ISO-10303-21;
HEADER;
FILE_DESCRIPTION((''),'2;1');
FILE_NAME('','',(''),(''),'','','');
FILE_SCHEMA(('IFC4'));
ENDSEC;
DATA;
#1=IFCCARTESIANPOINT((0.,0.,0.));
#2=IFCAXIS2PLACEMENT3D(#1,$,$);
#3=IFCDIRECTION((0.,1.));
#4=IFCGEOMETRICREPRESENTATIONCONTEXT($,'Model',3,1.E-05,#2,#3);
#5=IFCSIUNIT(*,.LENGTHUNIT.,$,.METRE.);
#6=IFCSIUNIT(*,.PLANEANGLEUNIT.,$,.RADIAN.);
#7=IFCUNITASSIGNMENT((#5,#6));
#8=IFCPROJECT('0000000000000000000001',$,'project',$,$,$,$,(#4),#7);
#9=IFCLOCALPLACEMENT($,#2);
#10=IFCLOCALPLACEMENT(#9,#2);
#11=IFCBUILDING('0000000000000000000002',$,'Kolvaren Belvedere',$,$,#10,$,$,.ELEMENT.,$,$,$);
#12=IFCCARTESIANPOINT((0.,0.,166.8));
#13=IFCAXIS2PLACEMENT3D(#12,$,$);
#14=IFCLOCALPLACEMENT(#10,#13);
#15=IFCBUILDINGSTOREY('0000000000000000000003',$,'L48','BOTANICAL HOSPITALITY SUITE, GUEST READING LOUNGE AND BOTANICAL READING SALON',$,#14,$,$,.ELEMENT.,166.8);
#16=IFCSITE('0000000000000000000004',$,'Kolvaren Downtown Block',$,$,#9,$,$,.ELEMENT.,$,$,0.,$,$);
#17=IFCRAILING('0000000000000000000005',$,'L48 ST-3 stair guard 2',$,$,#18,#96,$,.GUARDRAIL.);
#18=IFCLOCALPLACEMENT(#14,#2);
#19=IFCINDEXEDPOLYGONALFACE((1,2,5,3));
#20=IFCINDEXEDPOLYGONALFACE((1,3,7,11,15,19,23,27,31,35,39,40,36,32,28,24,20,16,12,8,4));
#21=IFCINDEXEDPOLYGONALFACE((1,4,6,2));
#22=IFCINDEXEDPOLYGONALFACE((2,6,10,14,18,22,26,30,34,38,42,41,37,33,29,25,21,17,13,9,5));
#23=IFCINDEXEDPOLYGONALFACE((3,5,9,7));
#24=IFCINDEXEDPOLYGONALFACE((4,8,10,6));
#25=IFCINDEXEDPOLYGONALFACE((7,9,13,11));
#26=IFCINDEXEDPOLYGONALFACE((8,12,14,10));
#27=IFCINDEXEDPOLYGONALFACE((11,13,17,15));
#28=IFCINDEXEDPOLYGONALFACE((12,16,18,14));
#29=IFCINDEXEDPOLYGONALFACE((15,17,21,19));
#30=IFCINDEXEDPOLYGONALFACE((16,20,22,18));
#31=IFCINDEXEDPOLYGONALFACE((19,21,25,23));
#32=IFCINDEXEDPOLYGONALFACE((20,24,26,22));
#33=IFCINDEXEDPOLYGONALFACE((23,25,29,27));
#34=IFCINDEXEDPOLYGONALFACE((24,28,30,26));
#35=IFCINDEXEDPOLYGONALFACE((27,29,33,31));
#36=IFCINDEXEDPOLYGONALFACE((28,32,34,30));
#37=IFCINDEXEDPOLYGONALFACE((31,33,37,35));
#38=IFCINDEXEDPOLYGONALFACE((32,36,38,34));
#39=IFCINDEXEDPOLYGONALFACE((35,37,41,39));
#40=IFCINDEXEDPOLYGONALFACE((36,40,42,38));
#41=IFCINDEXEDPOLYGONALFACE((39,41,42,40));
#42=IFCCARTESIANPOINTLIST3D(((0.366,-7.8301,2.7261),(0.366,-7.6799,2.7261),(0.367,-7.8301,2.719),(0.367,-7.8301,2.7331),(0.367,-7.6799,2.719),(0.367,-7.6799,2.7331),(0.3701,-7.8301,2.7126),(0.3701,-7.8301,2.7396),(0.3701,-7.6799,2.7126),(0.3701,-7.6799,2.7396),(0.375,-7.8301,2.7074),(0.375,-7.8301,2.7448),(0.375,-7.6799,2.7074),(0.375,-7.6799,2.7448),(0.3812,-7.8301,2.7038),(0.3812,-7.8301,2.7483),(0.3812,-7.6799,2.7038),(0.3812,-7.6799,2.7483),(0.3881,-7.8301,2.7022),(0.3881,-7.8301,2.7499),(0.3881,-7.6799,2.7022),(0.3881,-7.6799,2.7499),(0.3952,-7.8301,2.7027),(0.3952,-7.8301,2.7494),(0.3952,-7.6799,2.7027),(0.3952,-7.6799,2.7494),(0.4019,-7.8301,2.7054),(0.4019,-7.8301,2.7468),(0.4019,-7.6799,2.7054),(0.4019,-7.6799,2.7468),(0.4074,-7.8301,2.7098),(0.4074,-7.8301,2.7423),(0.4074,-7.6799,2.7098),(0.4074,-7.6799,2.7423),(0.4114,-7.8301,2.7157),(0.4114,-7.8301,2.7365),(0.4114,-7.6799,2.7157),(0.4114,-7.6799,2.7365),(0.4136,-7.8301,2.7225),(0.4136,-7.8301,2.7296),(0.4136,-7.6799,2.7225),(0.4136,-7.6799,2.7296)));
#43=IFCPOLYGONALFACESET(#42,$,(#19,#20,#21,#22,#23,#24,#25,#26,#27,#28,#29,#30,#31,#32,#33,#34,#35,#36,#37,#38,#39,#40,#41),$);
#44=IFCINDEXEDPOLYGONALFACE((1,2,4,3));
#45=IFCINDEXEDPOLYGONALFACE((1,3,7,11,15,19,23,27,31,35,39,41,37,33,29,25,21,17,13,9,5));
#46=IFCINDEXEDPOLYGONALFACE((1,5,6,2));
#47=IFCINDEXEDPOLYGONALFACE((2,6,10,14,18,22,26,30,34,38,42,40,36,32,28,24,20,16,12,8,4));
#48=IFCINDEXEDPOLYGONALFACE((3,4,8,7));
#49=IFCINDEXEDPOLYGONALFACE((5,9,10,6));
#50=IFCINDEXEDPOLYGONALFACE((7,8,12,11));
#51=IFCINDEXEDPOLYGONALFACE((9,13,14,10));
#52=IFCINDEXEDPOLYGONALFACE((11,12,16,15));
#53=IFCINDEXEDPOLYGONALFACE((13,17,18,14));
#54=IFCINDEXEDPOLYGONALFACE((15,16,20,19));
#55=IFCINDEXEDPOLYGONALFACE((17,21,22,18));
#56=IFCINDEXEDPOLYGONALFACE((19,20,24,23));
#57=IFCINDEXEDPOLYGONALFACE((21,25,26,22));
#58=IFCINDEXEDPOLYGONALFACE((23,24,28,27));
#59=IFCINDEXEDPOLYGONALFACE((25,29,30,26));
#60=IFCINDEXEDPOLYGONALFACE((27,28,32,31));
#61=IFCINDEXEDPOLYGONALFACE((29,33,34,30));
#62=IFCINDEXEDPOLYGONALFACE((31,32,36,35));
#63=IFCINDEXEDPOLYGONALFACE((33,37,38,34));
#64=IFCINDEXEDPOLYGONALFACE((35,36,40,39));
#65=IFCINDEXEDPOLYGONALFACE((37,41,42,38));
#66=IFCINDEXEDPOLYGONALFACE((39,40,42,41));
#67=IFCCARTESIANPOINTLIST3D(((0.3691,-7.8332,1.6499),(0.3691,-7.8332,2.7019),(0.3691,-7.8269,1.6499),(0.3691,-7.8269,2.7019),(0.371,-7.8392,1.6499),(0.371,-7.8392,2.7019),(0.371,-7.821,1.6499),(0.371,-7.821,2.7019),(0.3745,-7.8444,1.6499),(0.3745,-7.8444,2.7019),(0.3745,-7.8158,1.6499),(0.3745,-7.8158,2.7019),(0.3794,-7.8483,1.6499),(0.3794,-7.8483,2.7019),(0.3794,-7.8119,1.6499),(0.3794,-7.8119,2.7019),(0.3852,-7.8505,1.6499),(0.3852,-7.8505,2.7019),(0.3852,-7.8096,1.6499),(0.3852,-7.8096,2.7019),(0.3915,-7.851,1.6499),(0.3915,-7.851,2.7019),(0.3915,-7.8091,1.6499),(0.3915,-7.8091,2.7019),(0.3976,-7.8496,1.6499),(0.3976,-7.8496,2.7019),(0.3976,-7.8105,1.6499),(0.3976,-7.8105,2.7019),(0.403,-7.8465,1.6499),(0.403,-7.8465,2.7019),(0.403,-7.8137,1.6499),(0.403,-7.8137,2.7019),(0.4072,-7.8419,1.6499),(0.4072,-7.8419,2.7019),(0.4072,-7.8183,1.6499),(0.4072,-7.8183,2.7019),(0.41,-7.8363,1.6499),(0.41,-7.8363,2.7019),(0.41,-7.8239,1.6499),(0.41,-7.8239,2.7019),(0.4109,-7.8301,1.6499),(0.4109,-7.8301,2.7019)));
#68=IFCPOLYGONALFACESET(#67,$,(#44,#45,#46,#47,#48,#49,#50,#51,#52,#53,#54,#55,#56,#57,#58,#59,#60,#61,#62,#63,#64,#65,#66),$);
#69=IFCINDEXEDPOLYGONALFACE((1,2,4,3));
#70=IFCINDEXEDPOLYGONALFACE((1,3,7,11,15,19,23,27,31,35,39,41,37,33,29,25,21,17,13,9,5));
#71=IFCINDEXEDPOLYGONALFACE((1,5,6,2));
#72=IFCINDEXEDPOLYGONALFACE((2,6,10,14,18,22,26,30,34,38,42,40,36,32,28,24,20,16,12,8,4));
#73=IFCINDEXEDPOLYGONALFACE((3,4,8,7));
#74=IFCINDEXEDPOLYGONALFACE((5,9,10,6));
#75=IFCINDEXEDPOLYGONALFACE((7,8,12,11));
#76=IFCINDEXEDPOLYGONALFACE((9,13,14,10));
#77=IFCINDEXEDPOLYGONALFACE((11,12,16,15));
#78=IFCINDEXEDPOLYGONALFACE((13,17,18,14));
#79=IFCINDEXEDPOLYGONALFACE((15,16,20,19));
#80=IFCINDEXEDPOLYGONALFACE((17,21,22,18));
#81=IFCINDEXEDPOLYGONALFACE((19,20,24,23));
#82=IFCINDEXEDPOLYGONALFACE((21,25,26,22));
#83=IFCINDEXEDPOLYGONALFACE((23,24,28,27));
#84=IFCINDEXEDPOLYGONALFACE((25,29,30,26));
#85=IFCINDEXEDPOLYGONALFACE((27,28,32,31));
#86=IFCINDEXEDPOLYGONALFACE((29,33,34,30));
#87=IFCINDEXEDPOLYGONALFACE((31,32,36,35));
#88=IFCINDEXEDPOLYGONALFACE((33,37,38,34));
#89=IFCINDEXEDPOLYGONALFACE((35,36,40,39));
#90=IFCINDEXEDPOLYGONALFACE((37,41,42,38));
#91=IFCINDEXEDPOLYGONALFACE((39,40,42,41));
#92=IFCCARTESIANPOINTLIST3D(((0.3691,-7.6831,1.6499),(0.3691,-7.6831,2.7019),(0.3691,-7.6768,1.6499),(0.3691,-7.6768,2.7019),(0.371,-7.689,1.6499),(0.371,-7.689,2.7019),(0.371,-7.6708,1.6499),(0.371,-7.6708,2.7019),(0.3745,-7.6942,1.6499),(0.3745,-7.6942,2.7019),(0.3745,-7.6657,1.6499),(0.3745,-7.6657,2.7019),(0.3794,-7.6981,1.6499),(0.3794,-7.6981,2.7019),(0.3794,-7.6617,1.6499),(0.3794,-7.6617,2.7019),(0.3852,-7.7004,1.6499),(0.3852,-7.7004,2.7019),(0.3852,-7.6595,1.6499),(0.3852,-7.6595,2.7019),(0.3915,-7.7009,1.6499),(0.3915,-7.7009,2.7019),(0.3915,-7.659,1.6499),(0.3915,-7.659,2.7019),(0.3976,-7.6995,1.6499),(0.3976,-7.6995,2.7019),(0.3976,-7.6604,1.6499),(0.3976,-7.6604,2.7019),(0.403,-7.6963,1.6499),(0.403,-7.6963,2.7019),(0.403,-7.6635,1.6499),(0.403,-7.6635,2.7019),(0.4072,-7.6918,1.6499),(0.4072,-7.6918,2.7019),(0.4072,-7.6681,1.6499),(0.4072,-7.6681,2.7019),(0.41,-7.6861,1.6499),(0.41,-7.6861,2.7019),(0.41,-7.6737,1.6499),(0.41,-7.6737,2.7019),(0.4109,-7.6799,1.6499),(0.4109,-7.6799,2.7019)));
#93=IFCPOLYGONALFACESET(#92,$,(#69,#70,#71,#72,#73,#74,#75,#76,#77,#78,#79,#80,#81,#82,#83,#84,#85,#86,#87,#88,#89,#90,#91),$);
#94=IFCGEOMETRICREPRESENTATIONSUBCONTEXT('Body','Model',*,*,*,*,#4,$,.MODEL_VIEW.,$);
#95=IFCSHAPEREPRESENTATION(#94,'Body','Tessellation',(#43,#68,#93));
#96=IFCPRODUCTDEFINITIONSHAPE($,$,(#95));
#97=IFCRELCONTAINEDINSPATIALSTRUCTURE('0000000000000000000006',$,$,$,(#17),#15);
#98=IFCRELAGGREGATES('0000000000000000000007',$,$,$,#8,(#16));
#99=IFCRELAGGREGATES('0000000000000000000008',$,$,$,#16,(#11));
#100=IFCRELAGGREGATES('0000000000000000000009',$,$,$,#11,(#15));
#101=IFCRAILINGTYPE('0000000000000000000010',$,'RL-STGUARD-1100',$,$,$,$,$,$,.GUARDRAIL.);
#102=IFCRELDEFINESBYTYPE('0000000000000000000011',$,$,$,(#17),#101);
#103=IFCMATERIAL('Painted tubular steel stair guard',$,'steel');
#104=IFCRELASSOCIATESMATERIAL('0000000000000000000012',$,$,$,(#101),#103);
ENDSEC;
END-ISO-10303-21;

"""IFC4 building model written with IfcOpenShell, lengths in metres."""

from ifc_helpers import new_model, si_unit, direction, frame, origin, origin_2d, place, context, subcontext, project, spatial, circle, extrude, material, type_object, element, save


model = new_model("IFC4")

# Units and contexts
model_context = context("Model", 3, precision=1e-05, world=origin(), true_north=direction((0.0, 1.0)))
body_context = subcontext(model_context, "Body", "Model", "MODEL_VIEW")
ifc_project = project(units=[si_unit("LENGTHUNIT", "METRE"), si_unit("PLANEANGLEUNIT", "RADIAN")], contexts=[model_context])

# Site, building, storey
site_placement = place(None, origin())
site = spatial("IfcSite", under=ifc_project, at=site_placement, Name="Kolvaren Downtown Block", CompositionType="ELEMENT", RefElevation=0.0)
building_placement = place(site_placement, origin())
building = spatial("IfcBuilding", under=site, at=building_placement, Name="Kolvaren Belvedere", CompositionType="ELEMENT")
storey_placement = place(building_placement, frame((0.0, 0.0, 166.8)))
storey = spatial("IfcBuildingStorey", under=building, at=storey_placement, Name="L48", Description="BOTANICAL HOSPITALITY SUITE, GUEST READING LOUNGE AND BOTANICAL READING SALON", CompositionType="ELEMENT", Elevation=166.8)

# Railing
ifc_material_1 = material(Name="Painted tubular steel stair guard", Category="steel")
railing_type_1 = type_object("IfcRailingType", Name="RL-STGUARD-1100", PredefinedType="GUARDRAIL", material=ifc_material_1)
railing_1_placement = place(storey_placement, frame((0.3899, -7.8301, 1.6499)))
element("IfcRailing", 1, at=railing_1_placement, inside=storey, type_object=railing_type_1, Name="L48 ST-3 stair guard 2", PredefinedType="GUARDRAIL", context=body_context, shape_type="SweptSolid", body=[
    extrude(circle(Radius=0.0239, at=origin_2d()), frame((0.0, 0.0, 1.0762), z_axis=(0.0, 1.0, 0.0), x_axis=(-1.0, 0.0, 0.0)), (0.0, 0.0, 1.0), 0.1501),
    extrude(circle(Radius=0.021, at=origin_2d()), origin(), (0.0, 0.0, 1.0), 1.052),
    extrude(circle(Radius=0.021, at=origin_2d()), frame((0.0, 0.1501, 0.0)), (0.0, 0.0, 1.0), 1.052),
])

save(model, "model.ifc")
